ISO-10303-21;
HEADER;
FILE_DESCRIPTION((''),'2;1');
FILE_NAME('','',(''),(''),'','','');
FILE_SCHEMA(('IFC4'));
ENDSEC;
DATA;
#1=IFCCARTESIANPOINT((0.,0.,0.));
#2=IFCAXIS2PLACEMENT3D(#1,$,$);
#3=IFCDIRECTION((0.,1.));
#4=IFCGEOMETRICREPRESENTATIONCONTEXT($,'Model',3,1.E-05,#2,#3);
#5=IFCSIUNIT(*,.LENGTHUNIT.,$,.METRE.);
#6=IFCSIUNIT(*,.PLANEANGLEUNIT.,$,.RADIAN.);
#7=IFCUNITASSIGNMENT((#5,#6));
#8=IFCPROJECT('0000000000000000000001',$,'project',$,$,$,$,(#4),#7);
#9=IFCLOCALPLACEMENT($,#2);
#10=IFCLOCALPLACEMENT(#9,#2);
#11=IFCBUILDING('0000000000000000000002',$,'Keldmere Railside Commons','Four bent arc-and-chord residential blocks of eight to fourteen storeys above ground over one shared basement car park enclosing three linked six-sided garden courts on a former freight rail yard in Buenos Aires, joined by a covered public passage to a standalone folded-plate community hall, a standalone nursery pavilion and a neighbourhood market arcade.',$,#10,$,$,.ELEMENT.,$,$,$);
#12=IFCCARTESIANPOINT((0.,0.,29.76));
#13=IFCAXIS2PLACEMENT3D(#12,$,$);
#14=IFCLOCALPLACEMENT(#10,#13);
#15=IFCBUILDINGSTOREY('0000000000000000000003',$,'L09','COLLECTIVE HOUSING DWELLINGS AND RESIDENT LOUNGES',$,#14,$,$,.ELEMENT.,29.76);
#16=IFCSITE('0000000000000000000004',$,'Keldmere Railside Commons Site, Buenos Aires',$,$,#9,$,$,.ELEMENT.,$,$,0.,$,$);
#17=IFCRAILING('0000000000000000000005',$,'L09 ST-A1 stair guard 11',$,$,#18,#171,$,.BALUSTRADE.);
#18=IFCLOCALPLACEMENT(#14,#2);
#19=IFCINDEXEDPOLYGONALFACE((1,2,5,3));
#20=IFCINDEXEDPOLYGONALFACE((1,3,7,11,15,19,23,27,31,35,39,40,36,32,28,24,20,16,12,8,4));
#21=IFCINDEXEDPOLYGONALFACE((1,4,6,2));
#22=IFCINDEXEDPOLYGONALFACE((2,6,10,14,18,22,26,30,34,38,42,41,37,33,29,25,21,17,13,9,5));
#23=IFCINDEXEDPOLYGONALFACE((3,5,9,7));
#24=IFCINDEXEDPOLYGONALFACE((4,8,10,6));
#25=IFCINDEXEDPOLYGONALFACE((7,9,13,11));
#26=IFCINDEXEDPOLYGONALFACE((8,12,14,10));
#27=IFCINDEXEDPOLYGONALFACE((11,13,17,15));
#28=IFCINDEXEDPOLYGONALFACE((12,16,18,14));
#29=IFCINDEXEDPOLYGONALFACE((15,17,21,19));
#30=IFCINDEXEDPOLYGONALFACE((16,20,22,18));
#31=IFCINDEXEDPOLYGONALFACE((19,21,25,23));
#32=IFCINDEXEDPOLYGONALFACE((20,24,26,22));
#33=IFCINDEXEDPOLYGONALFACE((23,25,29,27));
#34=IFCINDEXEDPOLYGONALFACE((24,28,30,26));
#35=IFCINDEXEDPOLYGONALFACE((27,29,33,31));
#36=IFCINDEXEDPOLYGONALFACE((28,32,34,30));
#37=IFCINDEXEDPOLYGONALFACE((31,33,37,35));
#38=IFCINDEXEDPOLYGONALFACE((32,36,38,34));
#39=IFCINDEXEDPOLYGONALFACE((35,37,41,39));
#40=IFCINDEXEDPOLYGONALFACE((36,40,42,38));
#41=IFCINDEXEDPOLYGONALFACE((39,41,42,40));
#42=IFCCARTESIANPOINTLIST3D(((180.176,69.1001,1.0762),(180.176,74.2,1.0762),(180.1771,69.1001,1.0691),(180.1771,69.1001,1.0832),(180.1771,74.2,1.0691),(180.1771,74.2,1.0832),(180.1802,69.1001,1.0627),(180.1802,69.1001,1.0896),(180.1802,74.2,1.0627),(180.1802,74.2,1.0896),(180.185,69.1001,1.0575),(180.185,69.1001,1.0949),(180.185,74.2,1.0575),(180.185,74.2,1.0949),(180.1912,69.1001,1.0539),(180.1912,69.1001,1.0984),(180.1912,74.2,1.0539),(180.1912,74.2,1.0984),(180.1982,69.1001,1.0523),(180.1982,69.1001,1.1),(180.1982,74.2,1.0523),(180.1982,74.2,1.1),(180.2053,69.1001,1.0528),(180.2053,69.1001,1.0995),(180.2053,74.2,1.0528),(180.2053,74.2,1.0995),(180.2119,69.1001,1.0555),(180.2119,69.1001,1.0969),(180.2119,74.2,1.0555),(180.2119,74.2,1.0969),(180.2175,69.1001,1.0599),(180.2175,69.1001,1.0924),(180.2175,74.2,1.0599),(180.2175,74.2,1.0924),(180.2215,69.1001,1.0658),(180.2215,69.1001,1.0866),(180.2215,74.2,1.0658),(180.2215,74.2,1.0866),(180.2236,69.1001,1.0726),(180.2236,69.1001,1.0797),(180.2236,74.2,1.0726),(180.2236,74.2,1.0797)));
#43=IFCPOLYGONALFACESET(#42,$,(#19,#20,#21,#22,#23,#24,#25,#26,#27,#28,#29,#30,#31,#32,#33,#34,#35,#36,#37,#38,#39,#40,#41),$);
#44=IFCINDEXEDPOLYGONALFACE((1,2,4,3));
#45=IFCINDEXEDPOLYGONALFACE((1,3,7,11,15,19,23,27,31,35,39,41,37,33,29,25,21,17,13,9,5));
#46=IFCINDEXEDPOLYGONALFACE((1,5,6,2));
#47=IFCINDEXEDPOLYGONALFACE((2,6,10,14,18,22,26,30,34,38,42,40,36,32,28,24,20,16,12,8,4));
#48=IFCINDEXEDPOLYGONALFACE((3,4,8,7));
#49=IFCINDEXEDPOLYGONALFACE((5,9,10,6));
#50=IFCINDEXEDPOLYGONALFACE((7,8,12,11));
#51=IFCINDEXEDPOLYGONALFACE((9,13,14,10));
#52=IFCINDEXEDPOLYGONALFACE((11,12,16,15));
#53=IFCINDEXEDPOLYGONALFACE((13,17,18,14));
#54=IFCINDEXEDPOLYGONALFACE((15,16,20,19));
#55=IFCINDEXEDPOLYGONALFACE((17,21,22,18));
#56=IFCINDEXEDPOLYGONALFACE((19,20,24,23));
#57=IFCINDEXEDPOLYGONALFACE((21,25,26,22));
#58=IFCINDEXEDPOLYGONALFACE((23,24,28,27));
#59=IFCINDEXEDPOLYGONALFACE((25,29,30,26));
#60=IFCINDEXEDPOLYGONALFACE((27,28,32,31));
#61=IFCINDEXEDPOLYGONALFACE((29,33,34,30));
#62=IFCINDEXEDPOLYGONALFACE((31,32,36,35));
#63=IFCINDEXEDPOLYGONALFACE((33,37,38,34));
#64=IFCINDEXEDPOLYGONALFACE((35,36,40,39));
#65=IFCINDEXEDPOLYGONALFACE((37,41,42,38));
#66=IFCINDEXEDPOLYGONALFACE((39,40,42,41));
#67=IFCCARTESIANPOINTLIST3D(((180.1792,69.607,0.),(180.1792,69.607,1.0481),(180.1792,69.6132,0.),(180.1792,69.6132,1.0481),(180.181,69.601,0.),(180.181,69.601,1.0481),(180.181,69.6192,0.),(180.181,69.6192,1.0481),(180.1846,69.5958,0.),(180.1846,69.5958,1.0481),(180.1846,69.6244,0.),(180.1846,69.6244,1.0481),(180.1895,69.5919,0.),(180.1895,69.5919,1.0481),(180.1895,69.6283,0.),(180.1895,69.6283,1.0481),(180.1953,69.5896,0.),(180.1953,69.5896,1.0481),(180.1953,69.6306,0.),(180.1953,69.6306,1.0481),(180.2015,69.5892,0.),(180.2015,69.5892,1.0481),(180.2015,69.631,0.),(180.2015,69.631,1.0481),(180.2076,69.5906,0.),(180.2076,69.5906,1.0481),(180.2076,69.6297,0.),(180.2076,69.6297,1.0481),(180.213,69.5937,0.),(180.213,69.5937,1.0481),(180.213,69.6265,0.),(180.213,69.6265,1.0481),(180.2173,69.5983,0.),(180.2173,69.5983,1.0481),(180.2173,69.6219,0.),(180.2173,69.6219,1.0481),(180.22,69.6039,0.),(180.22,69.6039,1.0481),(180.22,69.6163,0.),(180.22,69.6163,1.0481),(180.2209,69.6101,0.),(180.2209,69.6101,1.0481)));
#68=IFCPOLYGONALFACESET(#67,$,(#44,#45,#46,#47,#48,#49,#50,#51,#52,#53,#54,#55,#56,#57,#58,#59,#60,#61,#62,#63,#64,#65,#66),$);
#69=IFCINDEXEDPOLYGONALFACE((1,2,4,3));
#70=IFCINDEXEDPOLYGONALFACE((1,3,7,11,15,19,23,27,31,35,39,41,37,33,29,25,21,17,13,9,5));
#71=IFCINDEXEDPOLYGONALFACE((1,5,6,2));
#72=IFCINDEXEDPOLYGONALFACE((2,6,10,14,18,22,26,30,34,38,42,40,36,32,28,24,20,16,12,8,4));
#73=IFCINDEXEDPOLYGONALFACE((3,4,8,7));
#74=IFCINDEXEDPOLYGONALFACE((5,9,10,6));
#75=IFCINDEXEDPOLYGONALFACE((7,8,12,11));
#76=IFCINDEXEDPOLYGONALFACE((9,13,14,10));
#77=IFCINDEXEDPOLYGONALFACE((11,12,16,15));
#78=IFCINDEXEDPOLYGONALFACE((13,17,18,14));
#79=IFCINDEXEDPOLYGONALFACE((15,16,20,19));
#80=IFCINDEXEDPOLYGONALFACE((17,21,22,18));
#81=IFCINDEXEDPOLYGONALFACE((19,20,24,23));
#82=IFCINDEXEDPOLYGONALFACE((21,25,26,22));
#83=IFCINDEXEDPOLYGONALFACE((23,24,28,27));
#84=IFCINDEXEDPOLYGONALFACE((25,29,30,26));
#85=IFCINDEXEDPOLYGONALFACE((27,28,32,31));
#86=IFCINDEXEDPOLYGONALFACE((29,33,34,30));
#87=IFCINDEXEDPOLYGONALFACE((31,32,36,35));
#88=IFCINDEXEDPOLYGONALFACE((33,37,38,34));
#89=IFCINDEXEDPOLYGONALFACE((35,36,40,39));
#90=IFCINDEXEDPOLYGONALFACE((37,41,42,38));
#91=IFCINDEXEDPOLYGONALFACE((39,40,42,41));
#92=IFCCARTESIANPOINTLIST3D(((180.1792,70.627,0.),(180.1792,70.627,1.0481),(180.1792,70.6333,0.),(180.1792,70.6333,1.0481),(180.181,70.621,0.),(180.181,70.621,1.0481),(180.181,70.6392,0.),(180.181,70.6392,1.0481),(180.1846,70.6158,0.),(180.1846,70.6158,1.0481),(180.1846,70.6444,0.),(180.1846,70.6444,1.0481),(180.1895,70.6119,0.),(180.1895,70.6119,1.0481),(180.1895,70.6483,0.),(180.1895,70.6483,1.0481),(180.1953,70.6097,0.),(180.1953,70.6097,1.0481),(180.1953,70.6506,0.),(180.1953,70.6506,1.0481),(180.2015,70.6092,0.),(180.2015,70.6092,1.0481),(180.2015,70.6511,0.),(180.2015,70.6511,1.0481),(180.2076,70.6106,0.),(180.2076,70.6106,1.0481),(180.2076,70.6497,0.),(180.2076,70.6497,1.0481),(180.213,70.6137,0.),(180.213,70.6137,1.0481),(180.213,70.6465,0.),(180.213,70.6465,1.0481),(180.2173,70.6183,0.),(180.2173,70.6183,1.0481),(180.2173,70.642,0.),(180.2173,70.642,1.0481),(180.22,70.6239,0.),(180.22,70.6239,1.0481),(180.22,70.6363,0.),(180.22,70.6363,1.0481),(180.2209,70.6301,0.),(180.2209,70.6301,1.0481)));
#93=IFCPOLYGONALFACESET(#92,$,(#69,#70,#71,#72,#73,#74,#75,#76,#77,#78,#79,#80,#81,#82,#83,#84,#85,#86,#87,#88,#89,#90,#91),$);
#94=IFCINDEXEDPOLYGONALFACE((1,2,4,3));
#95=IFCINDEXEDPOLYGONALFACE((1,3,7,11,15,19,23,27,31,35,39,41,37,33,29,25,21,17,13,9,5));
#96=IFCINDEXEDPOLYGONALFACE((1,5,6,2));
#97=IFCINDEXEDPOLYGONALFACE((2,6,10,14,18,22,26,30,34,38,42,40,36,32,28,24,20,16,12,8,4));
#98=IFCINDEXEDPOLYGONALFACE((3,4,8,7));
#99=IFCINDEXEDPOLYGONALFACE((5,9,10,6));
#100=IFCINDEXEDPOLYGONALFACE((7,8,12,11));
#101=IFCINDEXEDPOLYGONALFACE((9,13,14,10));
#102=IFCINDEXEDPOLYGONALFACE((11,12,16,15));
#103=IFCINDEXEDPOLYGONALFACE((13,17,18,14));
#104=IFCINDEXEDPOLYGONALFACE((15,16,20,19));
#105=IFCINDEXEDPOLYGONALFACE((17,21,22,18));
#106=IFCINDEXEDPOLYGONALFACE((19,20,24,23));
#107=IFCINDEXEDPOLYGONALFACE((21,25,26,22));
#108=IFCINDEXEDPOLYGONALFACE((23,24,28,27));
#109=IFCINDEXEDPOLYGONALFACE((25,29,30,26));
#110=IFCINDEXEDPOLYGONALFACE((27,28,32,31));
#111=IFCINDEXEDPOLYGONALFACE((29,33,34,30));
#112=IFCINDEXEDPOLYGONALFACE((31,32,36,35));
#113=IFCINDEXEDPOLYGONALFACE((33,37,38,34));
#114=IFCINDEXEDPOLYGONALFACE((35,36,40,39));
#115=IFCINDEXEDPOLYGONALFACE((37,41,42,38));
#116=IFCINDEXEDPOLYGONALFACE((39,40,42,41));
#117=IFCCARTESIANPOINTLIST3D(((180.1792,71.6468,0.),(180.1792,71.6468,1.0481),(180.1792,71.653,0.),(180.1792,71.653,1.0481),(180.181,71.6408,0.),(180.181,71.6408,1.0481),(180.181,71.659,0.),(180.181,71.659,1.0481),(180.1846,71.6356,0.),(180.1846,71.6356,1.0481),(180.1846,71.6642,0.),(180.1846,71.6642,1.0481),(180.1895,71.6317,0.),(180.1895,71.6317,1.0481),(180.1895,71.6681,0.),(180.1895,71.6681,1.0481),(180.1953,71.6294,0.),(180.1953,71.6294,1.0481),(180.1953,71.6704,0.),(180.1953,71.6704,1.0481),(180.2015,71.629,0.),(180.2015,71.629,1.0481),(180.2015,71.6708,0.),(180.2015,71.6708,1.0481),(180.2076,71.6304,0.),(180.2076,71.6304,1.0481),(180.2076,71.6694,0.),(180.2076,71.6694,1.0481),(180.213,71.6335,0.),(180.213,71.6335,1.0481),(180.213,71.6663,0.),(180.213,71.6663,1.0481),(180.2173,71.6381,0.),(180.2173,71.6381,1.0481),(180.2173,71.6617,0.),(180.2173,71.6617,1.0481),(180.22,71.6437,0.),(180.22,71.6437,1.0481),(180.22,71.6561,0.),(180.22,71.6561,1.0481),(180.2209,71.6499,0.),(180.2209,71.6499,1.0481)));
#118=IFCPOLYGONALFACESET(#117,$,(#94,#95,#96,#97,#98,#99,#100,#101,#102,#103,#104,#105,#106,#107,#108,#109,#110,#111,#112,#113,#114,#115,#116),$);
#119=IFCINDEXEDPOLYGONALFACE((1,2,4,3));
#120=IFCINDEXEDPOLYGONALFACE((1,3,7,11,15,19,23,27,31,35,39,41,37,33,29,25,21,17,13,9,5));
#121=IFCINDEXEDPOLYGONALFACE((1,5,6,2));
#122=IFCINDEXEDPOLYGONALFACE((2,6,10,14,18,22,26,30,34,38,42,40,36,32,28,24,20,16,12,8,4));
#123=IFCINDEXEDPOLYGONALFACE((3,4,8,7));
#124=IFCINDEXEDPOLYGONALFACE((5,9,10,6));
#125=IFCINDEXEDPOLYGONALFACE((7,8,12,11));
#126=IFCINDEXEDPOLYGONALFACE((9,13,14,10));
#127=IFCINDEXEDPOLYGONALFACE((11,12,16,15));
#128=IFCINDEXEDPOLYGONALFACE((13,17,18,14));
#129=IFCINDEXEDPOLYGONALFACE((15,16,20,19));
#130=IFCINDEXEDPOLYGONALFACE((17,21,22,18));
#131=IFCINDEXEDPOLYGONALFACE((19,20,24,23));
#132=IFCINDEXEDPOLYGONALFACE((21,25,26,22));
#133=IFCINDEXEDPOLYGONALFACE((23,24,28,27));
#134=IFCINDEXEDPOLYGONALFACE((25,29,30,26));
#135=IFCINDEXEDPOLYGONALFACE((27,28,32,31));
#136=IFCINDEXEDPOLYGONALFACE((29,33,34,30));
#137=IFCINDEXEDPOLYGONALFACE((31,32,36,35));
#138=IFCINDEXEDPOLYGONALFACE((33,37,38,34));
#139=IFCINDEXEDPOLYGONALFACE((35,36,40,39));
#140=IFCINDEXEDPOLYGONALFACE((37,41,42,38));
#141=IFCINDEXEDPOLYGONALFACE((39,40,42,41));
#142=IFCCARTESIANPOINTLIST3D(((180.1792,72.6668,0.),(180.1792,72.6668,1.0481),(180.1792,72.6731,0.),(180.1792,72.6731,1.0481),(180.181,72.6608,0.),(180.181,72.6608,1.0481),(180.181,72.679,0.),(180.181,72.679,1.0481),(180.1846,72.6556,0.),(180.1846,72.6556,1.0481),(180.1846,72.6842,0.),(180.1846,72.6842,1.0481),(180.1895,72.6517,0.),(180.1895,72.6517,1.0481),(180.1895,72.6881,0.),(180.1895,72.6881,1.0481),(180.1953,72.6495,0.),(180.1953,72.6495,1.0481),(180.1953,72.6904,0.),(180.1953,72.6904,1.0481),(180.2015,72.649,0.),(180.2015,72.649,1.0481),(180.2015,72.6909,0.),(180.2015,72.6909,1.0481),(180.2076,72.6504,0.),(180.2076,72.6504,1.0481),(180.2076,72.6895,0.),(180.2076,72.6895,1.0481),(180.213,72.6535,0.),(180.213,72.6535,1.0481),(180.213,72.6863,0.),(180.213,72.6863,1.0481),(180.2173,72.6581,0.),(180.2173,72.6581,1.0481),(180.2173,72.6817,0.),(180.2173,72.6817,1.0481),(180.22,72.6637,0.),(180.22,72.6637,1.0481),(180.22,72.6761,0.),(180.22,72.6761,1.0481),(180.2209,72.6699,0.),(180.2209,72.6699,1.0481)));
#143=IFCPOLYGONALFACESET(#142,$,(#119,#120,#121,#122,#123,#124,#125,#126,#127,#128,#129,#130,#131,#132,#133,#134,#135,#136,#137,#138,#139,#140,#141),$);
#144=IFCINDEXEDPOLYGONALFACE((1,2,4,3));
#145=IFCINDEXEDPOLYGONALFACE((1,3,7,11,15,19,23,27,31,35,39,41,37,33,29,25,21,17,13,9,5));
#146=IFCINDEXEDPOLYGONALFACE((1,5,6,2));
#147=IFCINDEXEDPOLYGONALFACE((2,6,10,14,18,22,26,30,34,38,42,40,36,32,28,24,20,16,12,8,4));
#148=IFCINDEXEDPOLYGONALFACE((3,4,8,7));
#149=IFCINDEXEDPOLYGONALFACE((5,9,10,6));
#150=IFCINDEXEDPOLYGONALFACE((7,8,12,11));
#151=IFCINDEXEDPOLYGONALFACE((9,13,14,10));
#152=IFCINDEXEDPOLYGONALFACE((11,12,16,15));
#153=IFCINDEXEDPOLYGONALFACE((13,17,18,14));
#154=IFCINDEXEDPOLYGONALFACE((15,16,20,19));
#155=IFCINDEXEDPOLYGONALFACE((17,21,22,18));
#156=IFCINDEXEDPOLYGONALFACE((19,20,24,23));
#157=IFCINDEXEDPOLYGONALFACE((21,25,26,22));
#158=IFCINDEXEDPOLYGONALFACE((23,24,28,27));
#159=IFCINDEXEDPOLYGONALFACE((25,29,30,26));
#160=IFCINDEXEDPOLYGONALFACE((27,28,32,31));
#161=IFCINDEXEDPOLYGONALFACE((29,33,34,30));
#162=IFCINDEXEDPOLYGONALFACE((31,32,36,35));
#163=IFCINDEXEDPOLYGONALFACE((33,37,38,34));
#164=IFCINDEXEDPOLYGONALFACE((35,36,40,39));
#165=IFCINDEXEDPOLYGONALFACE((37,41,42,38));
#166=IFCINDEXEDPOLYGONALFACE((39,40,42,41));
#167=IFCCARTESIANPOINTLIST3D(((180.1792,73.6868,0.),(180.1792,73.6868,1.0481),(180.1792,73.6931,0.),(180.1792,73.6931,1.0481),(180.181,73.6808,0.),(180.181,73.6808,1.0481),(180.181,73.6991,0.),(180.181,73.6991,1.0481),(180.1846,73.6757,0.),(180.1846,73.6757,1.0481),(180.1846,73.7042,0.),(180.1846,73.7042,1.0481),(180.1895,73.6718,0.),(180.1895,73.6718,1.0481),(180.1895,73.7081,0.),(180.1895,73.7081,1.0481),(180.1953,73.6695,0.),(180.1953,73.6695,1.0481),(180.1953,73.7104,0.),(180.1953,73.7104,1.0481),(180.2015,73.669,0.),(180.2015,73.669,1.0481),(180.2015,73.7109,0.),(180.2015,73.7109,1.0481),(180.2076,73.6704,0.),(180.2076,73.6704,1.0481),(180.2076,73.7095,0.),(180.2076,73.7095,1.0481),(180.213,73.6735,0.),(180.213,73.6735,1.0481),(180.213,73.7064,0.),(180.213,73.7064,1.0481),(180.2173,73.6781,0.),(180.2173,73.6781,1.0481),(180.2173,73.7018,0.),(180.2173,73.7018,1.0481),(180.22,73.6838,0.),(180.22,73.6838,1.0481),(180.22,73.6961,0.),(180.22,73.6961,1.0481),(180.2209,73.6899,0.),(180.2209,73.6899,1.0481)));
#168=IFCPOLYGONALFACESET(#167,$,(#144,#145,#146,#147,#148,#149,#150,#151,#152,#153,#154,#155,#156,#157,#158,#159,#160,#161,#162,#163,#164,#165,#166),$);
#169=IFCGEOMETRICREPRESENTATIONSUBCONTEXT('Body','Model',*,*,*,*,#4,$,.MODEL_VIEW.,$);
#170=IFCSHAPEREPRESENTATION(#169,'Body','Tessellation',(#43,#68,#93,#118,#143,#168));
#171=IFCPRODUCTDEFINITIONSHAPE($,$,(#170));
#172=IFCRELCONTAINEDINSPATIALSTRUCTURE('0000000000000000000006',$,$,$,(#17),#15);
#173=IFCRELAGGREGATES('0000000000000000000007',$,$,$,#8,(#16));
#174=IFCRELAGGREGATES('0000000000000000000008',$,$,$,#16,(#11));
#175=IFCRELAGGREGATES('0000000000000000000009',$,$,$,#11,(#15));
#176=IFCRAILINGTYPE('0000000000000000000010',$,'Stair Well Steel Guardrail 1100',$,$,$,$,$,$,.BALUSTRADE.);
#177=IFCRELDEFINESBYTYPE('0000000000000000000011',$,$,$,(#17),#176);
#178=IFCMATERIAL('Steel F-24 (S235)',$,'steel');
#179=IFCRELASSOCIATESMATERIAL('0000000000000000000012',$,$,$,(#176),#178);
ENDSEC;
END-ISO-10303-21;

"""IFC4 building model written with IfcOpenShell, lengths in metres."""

from ifc_helpers import new_model, si_unit, direction, frame, origin, origin_2d, place, context, subcontext, project, spatial, circle, extrude, material, type_object, element, save


model = new_model("IFC4")

# Units and contexts
model_context = context("Model", 3, precision=1e-05, world=origin(), true_north=direction((0.0, 1.0)))
body_context = subcontext(model_context, "Body", "Model", "MODEL_VIEW")
ifc_project = project(units=[si_unit("LENGTHUNIT", "METRE"), si_unit("PLANEANGLEUNIT", "RADIAN")], contexts=[model_context])

# Site, building, storey
site_placement = place(None, origin())
site = spatial("IfcSite", under=ifc_project, at=site_placement, Name="Keldmere Railside Commons Site, Buenos Aires", CompositionType="ELEMENT", RefElevation=0.0)
building_placement = place(site_placement, origin())
building = spatial("IfcBuilding", under=site, at=building_placement, Name="Keldmere Railside Commons", Description="Four bent arc-and-chord residential blocks of eight to fourteen storeys above ground over one shared basement car park enclosing three linked six-sided garden courts on a former freight rail yard in Buenos Aires, joined by a covered public passage to a standalone folded-plate community hall, a standalone nursery pavilion and a neighbourhood market arcade.", CompositionType="ELEMENT")
storey_placement = place(building_placement, frame((0.0, 0.0, 29.76)))
storey = spatial("IfcBuildingStorey", under=building, at=storey_placement, Name="L09", Description="COLLECTIVE HOUSING DWELLINGS AND RESIDENT LOUNGES", CompositionType="ELEMENT", Elevation=29.76)

# Shared definitions
ifc_material_1 = material(Name="Steel F-24 (S235)", Category="steel")

# Railing
railing_type_1 = type_object("IfcRailingType", Name="Stair Well Steel Guardrail 1100", PredefinedType="BALUSTRADE", material=ifc_material_1)
for number, where, name in (
    (1, (180.2, 69.1001, 0.0), "L09 ST-A1 stair guard 11"),
):
    element("IfcRailing", number, at=place(storey_placement, frame(where)), inside=storey, type_object=railing_type_1, Name=name, PredefinedType="BALUSTRADE", context=body_context, shape_type="SweptSolid", body=[
        extrude(circle(Radius=0.0239, at=origin_2d()), frame((0.0, 0.0, 1.0762), z_axis=(0.0, 1.0, 0.0), x_axis=(-1.0, 0.0, 0.0)), (0.0, 0.0, 1.0), 5.0999),
        extrude(circle(Radius=0.021, at=origin_2d()), frame((0.0, 0.51, 0.0)), (0.0, 0.0, 1.0), 1.0481),
        extrude(circle(Radius=0.021, at=origin_2d()), frame((0.0, 1.53, 0.0)), (0.0, 0.0, 1.0), 1.0481),
        extrude(circle(Radius=0.021, at=origin_2d()), frame((0.0, 2.5498, 0.0)), (0.0, 0.0, 1.0), 1.0481),
        extrude(circle(Radius=0.021, at=origin_2d()), frame((0.0, 3.5698, 0.0)), (0.0, 0.0, 1.0), 1.0481),
        extrude(circle(Radius=0.021, at=origin_2d()), frame((0.0, 4.5898, 0.0)), (0.0, 0.0, 1.0), 1.0481),
    ])

save(model, "model.ifc")
